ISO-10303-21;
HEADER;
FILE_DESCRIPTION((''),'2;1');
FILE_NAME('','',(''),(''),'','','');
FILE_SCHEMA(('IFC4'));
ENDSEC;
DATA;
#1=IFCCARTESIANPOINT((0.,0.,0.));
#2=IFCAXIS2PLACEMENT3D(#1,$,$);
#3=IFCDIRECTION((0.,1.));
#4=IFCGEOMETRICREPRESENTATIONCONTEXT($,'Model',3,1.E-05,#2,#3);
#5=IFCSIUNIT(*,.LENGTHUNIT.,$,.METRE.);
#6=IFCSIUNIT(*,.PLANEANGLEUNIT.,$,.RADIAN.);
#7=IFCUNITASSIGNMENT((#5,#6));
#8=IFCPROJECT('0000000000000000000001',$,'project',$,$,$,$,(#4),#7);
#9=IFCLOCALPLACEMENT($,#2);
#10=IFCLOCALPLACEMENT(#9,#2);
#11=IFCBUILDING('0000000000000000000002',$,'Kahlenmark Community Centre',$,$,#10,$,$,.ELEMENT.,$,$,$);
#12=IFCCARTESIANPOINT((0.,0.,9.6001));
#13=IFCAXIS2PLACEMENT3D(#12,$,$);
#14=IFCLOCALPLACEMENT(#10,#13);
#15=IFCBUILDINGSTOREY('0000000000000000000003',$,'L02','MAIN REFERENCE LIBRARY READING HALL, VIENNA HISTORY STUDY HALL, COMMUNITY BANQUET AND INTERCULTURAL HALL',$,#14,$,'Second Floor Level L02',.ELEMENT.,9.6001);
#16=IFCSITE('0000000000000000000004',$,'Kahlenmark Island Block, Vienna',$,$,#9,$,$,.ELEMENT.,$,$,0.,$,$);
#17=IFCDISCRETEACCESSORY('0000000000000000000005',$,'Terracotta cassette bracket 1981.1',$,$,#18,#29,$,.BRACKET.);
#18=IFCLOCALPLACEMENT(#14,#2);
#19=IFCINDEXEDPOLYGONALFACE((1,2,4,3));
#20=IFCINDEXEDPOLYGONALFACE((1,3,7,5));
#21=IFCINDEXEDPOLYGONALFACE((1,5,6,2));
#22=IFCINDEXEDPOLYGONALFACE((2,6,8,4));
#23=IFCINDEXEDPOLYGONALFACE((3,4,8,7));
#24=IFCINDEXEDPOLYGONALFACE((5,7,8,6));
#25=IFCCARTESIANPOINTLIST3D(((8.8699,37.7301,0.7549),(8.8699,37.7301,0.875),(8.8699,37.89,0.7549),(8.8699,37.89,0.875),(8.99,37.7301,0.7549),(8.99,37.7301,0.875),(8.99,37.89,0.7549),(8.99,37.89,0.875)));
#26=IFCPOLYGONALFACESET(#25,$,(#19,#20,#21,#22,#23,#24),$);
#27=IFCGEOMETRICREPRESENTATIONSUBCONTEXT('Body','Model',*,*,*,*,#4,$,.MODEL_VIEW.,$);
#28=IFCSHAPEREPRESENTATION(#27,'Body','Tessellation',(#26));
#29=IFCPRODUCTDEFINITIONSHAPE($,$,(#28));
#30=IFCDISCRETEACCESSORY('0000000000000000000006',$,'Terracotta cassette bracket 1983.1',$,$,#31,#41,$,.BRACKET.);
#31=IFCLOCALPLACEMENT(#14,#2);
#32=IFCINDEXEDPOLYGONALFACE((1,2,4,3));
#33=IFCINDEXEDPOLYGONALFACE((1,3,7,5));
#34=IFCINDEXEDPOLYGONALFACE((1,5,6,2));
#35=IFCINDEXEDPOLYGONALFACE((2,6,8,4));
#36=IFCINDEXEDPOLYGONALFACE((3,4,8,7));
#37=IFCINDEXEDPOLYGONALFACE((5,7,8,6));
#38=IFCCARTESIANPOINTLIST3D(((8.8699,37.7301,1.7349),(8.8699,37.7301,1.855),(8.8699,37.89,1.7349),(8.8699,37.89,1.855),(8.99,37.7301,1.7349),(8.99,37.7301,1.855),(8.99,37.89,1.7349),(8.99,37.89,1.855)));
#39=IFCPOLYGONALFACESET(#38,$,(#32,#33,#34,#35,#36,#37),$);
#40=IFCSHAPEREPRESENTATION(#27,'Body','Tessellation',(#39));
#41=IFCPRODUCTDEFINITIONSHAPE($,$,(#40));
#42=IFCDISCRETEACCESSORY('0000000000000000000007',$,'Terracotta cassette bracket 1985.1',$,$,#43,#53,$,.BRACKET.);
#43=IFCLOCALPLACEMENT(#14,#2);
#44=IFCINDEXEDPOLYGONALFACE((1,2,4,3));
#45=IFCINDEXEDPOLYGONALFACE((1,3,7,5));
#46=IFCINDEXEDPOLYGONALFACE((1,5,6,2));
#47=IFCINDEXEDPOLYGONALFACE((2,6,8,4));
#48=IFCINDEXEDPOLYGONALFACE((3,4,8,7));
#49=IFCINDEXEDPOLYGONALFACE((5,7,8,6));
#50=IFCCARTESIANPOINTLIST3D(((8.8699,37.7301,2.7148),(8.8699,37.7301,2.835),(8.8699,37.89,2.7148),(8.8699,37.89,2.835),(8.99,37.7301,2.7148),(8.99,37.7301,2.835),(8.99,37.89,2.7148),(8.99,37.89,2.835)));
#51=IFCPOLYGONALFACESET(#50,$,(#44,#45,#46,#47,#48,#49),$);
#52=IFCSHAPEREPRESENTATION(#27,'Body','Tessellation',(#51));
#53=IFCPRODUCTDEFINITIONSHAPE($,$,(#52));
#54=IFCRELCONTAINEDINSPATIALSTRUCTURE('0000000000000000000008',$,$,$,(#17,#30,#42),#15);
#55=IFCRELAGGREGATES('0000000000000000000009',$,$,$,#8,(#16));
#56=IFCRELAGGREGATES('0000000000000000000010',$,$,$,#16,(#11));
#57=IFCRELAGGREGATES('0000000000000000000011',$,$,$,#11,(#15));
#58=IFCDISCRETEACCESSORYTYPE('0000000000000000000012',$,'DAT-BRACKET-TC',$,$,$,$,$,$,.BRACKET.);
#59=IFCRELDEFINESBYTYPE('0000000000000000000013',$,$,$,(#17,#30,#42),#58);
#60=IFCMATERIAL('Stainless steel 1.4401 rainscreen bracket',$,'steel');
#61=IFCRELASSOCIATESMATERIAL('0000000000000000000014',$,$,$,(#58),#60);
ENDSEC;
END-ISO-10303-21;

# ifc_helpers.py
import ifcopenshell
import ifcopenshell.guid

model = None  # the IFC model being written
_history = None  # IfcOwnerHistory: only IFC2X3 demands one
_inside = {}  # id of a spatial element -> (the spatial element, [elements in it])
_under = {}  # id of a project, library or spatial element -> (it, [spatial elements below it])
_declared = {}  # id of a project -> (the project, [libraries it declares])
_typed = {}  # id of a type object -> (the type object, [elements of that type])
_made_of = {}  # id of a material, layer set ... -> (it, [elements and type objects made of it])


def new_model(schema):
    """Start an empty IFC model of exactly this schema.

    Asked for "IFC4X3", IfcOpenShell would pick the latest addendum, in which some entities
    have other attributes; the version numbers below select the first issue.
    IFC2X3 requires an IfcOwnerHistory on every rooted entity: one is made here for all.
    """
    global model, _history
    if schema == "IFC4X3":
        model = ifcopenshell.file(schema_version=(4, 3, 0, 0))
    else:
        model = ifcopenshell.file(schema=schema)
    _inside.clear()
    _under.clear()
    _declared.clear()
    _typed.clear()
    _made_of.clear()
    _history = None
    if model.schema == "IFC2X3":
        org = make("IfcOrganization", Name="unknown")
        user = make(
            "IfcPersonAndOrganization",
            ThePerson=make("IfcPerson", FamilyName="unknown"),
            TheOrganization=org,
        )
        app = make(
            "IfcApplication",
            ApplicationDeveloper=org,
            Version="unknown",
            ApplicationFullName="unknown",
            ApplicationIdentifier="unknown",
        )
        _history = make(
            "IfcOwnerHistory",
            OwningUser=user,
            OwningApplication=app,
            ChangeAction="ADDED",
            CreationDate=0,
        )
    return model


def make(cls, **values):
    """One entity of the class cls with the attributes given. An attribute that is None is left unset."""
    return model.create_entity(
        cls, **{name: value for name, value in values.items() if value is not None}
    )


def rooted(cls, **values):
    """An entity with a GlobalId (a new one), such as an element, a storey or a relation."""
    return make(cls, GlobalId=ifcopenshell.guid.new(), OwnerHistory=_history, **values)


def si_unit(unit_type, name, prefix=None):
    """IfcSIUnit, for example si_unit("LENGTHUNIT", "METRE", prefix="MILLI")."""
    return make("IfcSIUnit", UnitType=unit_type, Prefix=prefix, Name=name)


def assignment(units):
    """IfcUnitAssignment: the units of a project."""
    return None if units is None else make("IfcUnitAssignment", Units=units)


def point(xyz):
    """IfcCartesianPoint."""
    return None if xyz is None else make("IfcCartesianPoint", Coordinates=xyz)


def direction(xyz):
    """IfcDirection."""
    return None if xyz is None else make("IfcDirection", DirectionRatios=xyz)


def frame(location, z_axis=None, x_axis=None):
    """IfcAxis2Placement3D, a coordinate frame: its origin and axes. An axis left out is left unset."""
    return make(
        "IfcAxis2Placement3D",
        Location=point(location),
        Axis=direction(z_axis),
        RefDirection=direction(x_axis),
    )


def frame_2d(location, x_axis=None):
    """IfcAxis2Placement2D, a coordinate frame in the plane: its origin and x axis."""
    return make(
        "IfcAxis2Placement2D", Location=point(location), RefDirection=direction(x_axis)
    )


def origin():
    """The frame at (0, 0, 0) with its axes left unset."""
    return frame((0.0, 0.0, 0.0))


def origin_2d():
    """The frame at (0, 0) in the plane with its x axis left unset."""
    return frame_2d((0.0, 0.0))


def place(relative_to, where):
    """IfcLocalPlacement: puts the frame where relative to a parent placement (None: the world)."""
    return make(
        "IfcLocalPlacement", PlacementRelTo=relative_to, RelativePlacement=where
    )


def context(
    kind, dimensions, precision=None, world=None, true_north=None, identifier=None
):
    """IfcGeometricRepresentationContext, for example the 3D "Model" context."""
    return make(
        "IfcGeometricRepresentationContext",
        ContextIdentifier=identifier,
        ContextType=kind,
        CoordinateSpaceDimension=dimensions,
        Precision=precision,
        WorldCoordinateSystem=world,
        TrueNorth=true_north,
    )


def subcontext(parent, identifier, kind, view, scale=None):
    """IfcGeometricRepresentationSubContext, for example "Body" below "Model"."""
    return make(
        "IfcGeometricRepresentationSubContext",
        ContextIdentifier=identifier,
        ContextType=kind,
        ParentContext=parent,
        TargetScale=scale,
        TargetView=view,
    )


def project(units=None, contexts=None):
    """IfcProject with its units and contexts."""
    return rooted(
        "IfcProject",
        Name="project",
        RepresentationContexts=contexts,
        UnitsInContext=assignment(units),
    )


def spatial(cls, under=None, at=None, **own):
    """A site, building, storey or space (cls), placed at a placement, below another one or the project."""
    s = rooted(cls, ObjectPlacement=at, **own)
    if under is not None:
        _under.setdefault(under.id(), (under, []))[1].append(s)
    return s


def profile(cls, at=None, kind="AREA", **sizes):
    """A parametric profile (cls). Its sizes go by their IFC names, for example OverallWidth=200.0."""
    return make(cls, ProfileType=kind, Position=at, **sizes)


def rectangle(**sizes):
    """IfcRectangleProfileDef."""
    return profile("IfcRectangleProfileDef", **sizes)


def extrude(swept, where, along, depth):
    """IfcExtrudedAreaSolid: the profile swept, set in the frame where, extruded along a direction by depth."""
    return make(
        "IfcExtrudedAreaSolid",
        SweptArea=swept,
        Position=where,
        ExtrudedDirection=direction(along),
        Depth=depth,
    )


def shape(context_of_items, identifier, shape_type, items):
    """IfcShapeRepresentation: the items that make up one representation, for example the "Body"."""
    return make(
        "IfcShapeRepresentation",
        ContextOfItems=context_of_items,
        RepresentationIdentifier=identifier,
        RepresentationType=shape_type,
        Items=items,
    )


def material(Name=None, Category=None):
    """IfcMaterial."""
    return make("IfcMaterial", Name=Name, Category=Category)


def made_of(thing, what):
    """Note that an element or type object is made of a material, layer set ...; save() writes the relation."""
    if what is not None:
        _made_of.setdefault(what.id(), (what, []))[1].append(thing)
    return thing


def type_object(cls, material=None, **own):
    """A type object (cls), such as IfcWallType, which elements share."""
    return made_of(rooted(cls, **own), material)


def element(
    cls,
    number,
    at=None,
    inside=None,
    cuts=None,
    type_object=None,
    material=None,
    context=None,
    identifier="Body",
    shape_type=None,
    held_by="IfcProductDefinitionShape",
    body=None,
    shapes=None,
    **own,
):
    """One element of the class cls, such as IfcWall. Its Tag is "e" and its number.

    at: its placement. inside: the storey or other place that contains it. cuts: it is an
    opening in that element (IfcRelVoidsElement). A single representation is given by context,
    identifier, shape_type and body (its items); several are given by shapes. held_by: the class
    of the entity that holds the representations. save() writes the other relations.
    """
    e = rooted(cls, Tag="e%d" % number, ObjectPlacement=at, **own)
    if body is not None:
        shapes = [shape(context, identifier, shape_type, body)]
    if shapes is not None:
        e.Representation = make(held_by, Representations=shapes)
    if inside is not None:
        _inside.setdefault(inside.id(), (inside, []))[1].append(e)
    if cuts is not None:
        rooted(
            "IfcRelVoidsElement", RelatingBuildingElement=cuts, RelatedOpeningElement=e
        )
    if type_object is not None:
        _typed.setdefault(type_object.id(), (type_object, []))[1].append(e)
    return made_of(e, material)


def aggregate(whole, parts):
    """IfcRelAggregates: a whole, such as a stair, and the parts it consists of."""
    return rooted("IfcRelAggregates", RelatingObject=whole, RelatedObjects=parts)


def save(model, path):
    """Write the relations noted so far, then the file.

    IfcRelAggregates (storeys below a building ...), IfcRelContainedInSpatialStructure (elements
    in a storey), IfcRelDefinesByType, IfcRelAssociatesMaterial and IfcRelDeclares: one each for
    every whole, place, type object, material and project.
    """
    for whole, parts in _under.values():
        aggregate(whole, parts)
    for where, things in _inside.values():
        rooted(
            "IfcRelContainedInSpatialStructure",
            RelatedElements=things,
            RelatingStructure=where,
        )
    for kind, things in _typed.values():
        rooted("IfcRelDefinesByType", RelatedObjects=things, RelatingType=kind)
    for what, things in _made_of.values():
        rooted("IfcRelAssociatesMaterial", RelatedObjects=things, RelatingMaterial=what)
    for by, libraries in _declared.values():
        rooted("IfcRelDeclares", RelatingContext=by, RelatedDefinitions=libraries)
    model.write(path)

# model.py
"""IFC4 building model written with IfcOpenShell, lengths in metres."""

from ifc_helpers import new_model, si_unit, direction, frame, origin, origin_2d, place, context, subcontext, project, spatial, rectangle, extrude, material, type_object, element, save


model = new_model("IFC4")

# Units and contexts
model_context = context("Model", 3, precision=1e-05, world=origin(), true_north=direction((0.0, 1.0)))
body_context = subcontext(model_context, "Body", "Model", "MODEL_VIEW")
ifc_project = project(units=[si_unit("LENGTHUNIT", "METRE"), si_unit("PLANEANGLEUNIT", "RADIAN")], contexts=[model_context])

# Site, building, storey
site_placement = place(None, origin())
site = spatial("IfcSite", under=ifc_project, at=site_placement, Name="Kahlenmark Island Block, Vienna", CompositionType="ELEMENT", RefElevation=0.0)
building_placement = place(site_placement, origin())
building = spatial("IfcBuilding", under=site, at=building_placement, Name="Kahlenmark Community Centre", CompositionType="ELEMENT")
storey_placement = place(building_placement, frame((0.0, 0.0, 9.6001)))
storey = spatial("IfcBuildingStorey", under=building, at=storey_placement, Name="L02", Description="MAIN REFERENCE LIBRARY READING HALL, VIENNA HISTORY STUDY HALL, COMMUNITY BANQUET AND INTERCULTURAL HALL", LongName="Second Floor Level L02", CompositionType="ELEMENT", Elevation=9.6001)

# Discrete accessories
ifc_material_1 = material(Name="Stainless steel 1.4401 rainscreen bracket", Category="steel")
discrete_accessory_type = type_object("IfcDiscreteAccessoryType", Name="DAT-BRACKET-TC", PredefinedType="BRACKET", material=ifc_material_1)
for number, where, z_axis, x_axis, name in (
    (1, (8.9299, 37.8101, 0.7549), (0.0, 0.0, 1.0), (-1.0, 0.0, 0.0), "Terracotta cassette bracket 1981.1"),
    (2, (8.9299, 37.8101, 1.7349), (0.0, 0.0, 1.0), (-1.0, 0.0, 0.0), "Terracotta cassette bracket 1983.1"),
    (3, (8.9299, 37.8101, 2.7148), (0.0, 0.0, 1.0), (-1.0, 0.0, 0.0), "Terracotta cassette bracket 1985.1"),
):
    element("IfcDiscreteAccessory", number, at=place(storey_placement, frame(where, z_axis=z_axis, x_axis=x_axis)), inside=storey, type_object=discrete_accessory_type, Name=name, PredefinedType="BRACKET", context=body_context, shape_type="SweptSolid", body=[
        extrude(rectangle(XDim=0.1201, YDim=0.1599, at=origin_2d()), origin(), (0.0, 0.0, 1.0), 0.1201),
    ])

save(model, "model.ifc")
